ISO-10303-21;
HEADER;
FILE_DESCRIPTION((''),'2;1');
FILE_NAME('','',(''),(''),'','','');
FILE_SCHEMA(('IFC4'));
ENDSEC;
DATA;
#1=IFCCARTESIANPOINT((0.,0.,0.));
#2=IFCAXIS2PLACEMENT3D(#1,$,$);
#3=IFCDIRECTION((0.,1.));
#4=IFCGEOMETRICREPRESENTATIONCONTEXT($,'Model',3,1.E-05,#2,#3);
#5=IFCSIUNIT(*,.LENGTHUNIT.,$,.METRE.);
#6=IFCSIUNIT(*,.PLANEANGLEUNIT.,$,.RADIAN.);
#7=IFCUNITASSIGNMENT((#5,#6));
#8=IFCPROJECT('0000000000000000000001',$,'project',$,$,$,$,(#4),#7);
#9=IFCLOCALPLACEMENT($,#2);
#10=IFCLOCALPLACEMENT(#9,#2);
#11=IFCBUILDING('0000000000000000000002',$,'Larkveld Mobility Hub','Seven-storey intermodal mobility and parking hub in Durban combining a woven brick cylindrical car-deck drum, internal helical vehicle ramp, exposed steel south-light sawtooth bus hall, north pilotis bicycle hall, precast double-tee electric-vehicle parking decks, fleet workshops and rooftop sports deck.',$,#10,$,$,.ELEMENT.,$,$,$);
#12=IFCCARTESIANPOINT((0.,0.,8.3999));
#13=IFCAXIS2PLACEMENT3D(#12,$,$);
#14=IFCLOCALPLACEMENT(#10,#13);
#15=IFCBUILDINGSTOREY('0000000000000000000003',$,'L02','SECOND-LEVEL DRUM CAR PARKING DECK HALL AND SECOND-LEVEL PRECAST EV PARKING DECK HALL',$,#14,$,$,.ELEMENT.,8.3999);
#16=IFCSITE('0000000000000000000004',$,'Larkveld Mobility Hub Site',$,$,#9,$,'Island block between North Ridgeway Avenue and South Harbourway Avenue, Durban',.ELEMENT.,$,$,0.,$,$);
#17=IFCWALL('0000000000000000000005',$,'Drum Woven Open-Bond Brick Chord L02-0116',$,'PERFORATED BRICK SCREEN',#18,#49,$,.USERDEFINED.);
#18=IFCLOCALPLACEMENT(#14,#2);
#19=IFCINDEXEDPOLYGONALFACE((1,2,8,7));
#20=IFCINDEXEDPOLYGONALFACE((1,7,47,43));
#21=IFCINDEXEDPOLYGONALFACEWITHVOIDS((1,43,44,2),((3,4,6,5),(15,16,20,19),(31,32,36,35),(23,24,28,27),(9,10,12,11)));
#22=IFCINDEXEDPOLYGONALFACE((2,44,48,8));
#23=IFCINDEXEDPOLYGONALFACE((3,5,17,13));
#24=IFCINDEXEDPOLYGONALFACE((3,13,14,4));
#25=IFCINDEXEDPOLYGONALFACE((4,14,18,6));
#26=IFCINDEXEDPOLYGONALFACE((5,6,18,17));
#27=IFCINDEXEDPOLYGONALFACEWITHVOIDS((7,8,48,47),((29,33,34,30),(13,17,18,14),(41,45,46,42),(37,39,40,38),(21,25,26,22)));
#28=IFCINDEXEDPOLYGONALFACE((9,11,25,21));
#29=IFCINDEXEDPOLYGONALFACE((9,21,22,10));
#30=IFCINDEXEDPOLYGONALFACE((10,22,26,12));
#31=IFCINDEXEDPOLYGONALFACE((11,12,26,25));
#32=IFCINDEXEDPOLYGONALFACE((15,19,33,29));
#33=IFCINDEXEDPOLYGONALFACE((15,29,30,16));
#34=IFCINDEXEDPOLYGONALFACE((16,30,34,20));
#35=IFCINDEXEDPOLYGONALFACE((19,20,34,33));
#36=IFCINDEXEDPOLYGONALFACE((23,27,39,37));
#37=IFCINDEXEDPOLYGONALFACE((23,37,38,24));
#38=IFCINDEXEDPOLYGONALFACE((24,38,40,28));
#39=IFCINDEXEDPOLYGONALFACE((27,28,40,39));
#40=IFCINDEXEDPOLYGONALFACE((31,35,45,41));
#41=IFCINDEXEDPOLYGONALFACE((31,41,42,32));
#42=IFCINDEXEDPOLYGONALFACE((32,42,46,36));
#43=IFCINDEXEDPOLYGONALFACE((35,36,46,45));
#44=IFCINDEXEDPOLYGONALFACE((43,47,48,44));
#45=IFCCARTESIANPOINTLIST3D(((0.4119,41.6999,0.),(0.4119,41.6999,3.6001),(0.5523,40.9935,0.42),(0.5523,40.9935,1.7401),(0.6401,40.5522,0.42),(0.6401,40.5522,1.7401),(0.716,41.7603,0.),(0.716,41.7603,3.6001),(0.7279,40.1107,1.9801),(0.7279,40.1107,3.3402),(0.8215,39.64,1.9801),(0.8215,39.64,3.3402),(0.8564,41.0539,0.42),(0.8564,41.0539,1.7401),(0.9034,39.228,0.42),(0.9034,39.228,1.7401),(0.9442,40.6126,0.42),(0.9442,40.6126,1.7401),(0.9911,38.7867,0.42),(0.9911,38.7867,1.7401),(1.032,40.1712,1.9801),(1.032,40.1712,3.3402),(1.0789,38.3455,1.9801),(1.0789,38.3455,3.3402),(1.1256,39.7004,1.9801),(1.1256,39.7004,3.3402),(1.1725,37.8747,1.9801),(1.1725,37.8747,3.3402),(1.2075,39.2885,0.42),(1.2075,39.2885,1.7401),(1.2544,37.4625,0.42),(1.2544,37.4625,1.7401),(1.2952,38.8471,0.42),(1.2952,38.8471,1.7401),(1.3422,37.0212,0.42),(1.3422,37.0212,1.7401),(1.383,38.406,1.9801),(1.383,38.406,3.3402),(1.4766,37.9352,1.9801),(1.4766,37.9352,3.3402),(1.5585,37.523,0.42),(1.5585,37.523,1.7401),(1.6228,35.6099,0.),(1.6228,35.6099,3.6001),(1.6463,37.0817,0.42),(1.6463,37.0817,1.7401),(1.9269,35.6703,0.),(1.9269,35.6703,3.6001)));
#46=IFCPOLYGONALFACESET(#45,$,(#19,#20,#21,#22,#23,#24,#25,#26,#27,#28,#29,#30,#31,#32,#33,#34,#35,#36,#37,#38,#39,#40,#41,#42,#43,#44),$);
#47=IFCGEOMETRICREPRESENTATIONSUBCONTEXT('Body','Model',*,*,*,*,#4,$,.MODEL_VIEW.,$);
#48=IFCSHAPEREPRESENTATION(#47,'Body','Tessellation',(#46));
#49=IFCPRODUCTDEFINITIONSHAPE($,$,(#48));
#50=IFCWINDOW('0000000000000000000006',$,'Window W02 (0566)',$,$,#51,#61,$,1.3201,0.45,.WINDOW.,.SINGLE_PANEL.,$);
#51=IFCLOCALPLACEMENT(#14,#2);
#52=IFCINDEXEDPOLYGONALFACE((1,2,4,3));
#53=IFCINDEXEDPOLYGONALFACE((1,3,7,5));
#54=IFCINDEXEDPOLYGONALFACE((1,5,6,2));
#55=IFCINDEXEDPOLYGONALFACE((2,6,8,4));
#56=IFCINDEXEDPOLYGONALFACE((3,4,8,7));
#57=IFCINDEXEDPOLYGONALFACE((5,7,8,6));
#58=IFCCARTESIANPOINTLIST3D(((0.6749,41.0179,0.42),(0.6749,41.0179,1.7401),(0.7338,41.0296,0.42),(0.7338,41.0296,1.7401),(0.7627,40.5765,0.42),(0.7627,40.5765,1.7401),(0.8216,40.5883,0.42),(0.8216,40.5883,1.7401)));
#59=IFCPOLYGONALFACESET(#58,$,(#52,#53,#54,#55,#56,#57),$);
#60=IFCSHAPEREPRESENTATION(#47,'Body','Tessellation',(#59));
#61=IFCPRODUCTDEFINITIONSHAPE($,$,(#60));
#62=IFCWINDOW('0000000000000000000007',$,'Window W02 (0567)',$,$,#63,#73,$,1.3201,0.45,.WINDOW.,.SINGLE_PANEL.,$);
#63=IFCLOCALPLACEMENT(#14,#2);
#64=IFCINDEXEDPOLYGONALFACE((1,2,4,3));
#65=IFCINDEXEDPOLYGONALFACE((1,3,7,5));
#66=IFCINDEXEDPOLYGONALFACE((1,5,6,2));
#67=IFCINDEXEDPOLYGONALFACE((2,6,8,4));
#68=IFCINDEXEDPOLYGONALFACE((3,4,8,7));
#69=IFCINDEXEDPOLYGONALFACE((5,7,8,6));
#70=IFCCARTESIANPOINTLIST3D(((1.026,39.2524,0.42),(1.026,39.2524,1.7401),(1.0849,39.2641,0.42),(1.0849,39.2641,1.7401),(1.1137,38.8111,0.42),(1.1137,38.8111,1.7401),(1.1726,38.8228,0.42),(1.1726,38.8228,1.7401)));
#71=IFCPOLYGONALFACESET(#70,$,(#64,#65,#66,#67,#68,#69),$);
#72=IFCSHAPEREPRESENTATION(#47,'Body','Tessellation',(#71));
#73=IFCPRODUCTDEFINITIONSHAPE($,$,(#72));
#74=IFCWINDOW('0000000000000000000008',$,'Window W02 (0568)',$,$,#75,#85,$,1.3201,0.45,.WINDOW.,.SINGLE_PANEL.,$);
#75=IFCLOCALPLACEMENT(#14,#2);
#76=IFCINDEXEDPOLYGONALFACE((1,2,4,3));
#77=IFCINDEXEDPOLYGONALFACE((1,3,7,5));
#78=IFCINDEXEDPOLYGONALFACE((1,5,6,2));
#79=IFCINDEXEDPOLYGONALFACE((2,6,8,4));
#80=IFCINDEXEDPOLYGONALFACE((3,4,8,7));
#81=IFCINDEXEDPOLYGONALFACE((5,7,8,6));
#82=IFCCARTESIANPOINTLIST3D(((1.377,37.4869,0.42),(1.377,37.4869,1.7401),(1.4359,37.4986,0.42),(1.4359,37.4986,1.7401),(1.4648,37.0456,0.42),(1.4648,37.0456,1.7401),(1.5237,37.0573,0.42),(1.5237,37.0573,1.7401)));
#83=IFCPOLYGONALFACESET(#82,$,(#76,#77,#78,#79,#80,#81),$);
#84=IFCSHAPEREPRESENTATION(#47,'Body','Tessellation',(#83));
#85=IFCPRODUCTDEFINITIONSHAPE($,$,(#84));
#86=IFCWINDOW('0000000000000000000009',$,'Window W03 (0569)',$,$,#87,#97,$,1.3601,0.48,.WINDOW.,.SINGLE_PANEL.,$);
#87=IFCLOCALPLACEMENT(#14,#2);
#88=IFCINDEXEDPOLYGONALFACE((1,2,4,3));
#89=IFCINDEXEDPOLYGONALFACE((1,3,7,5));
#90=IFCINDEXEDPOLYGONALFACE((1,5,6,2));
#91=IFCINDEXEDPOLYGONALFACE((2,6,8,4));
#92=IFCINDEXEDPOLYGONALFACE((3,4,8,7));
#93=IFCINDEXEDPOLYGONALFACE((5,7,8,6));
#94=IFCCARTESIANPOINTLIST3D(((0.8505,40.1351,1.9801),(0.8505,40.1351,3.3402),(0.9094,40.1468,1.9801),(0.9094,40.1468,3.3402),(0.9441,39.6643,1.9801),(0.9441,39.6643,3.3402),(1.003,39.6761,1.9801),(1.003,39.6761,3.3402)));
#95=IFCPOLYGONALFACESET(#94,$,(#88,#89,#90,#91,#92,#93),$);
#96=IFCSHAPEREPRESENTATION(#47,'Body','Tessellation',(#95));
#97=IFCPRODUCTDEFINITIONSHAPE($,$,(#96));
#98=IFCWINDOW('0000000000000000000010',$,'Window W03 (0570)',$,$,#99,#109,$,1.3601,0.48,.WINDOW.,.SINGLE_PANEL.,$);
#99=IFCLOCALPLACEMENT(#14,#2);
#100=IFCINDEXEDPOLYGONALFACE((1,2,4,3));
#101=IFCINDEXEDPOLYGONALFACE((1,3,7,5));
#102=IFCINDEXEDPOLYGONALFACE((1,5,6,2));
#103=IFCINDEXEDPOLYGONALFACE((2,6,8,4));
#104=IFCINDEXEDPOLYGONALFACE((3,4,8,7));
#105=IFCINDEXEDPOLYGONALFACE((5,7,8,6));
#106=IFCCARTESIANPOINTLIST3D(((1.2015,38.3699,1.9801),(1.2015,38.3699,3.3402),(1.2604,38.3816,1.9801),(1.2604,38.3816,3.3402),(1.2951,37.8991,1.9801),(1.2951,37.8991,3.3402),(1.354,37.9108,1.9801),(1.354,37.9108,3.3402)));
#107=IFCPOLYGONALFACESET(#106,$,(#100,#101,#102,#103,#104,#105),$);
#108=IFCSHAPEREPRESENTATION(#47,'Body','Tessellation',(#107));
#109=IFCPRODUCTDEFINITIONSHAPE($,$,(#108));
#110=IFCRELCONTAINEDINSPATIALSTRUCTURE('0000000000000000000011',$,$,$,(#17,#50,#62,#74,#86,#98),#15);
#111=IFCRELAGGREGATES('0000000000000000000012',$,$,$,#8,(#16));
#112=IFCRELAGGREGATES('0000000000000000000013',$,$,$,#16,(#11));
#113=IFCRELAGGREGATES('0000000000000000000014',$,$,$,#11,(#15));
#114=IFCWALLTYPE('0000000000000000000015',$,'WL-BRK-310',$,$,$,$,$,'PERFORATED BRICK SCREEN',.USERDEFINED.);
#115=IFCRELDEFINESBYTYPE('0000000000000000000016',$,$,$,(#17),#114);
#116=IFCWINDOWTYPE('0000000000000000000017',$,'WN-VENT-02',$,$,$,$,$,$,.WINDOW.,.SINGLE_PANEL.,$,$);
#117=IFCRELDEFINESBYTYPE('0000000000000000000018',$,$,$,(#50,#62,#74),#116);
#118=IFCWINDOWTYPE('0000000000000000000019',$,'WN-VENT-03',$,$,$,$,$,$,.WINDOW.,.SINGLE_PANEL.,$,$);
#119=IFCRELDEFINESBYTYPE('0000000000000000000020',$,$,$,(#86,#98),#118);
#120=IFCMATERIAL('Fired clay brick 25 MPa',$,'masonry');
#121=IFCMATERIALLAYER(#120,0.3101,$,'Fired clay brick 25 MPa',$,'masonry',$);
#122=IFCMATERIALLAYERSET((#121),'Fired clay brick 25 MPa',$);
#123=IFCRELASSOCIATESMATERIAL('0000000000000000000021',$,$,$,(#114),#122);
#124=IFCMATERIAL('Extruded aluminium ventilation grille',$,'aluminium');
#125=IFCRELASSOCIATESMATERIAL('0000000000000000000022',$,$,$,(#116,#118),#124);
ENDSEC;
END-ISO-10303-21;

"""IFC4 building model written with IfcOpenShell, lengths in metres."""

from ifc_helpers import new_model, si_unit, direction, frame, frame_2d, origin, place, context, subcontext, project, spatial, rectangle, extrude, material, layer, layer_set, type_object, element, fill, save


model = new_model("IFC4")

# Units and contexts
model_context = context("Model", 3, precision=1e-05, world=origin(), true_north=direction((0.0, 1.0)))
body_context = subcontext(model_context, "Body", "Model", "MODEL_VIEW")
ifc_project = project(units=[si_unit("LENGTHUNIT", "METRE"), si_unit("PLANEANGLEUNIT", "RADIAN")], contexts=[model_context])

# Site, building, storey
site_placement = place(None, origin())
site = spatial("IfcSite", under=ifc_project, at=site_placement, Name="Larkveld Mobility Hub Site", LongName="Island block between North Ridgeway Avenue and South Harbourway Avenue, Durban", CompositionType="ELEMENT", RefElevation=0.0)
building_placement = place(site_placement, origin())
building = spatial("IfcBuilding", under=site, at=building_placement, Name="Larkveld Mobility Hub", Description="Seven-storey intermodal mobility and parking hub in Durban combining a woven brick cylindrical car-deck drum, internal helical vehicle ramp, exposed steel south-light sawtooth bus hall, north pilotis bicycle hall, precast double-tee electric-vehicle parking decks, fleet workshops and rooftop sports deck.", CompositionType="ELEMENT")
storey_placement = place(building_placement, frame((0.0, 0.0, 8.3999)))
storey = spatial("IfcBuildingStorey", under=building, at=storey_placement, Name="L02", Description="SECOND-LEVEL DRUM CAR PARKING DECK HALL AND SECOND-LEVEL PRECAST EV PARKING DECK HALL", CompositionType="ELEMENT", Elevation=8.3999)

# Wall, openings, windows
ifc_material_1 = material(Name="Fired clay brick 25 MPa", Category="masonry")
ifc_layer_1 = layer(ifc_material_1, 0.3101, Name="Fired clay brick 25 MPa", Category="masonry")
ifc_layer_set_1 = layer_set([ifc_layer_1], Name="Fired clay brick 25 MPa")
wall_type_1 = type_object("IfcWallType", Name="WL-BRK-310", ElementType="PERFORATED BRICK SCREEN", PredefinedType="USERDEFINED", material=ifc_layer_set_1)
wall_1_placement = place(storey_placement, frame((0.564, 41.73, 0.0), z_axis=(0.0, 0.0, 1.0), x_axis=(0.19502, -0.980799, 0.0)))
wall_1 = element("IfcWall", 1, at=wall_1_placement, inside=storey, type_object=wall_type_1, Name="Drum Woven Open-Bond Brick Chord L02-0116", ObjectType="PERFORATED BRICK SCREEN", PredefinedType="USERDEFINED", context=body_context, shape_type="SweptSolid", body=[
    extrude(rectangle(XDim=6.2092, YDim=0.3101, at=frame_2d((3.1045, 0.0))), origin(), (0.0, 0.0, 1.0), 3.6001),
])
opening_1_placement = place(wall_1_placement, frame((0.72, 0.0, 0.4199)))
opening_1 = element("IfcOpeningElement", 2, at=opening_1_placement, cuts=wall_1, PredefinedType="OPENING", context=body_context, shape_type="SweptSolid", body=[
    extrude(rectangle(XDim=0.45, YDim=1.3201, at=frame_2d((0.2251, 0.6602))), frame((0.0, 0.165, 0.0), z_axis=(0.0, -1.0, 0.0), x_axis=(1.0, 0.0, 0.0)), (0.0, 0.0, 1.0), 0.3301),
])
opening_2_placement = place(wall_1_placement, frame((2.52, 0.0, 0.4199)))
opening_2 = element("IfcOpeningElement", 3, at=opening_2_placement, cuts=wall_1, PredefinedType="OPENING", context=body_context, shape_type="SweptSolid", body=[
    extrude(rectangle(XDim=0.45, YDim=1.3201, at=frame_2d((0.2251, 0.6602))), frame((0.0, 0.165, 0.0), z_axis=(0.0, -1.0, 0.0), x_axis=(1.0, 0.0, 0.0)), (0.0, 0.0, 1.0), 0.3301),
])
opening_3_placement = place(wall_1_placement, frame((4.3201, 0.0, 0.4199)))
opening_3 = element("IfcOpeningElement", 4, at=opening_3_placement, cuts=wall_1, PredefinedType="OPENING", context=body_context, shape_type="SweptSolid", body=[
    extrude(rectangle(XDim=0.45, YDim=1.3201, at=frame_2d((0.2251, 0.6602))), frame((0.0, 0.165, 0.0), z_axis=(0.0, -1.0, 0.0), x_axis=(1.0, 0.0, 0.0)), (0.0, 0.0, 1.0), 0.3301),
])
opening_4_placement = place(wall_1_placement, frame((1.6201, 0.0, 1.98)))
opening_4 = element("IfcOpeningElement", 5, at=opening_4_placement, cuts=wall_1, PredefinedType="OPENING", context=body_context, shape_type="SweptSolid", body=[
    extrude(rectangle(XDim=0.48, YDim=1.3601, at=frame_2d((0.24, 0.6802))), frame((0.0, 0.165, 0.0), z_axis=(0.0, -1.0, 0.0), x_axis=(1.0, 0.0, 0.0)), (0.0, 0.0, 1.0), 0.3301),
])
opening_5_placement = place(wall_1_placement, frame((3.4199, 0.0, 1.98)))
opening_5 = element("IfcOpeningElement", 6, at=opening_5_placement, cuts=wall_1, PredefinedType="OPENING", context=body_context, shape_type="SweptSolid", body=[
    extrude(rectangle(XDim=0.48, YDim=1.3601, at=frame_2d((0.24, 0.6802))), frame((0.0, 0.165, 0.0), z_axis=(0.0, -1.0, 0.0), x_axis=(1.0, 0.0, 0.0)), (0.0, 0.0, 1.0), 0.3301),
])
ifc_material_2 = material(Name="Extruded aluminium ventilation grille", Category="aluminium")
window_type_1 = type_object("IfcWindowType", Name="WN-VENT-02", PartitioningType="SINGLE_PANEL", PredefinedType="WINDOW", material=ifc_material_2)
window_1_placement = place(opening_1_placement, origin())
window_1 = element("IfcWindow", 7, at=window_1_placement, inside=storey, type_object=window_type_1, Name="Window W02 (0566)", OverallHeight=1.3201, OverallWidth=0.45, PartitioningType="SINGLE_PANEL", PredefinedType="WINDOW", context=body_context, shape_type="SweptSolid", body=[
    extrude(rectangle(XDim=0.45, YDim=1.3201, at=frame_2d((0.2251, 0.6602))), frame((0.0, 0.03, 0.0), z_axis=(0.0, -1.0, 0.0), x_axis=(1.0, 0.0, 0.0)), (0.0, 0.0, 1.0), 0.0601),
])
fill(opening_1, window_1)
window_2_placement = place(opening_2_placement, origin())
window_2 = element("IfcWindow", 8, at=window_2_placement, inside=storey, type_object=window_type_1, Name="Window W02 (0567)", OverallHeight=1.3201, OverallWidth=0.45, PartitioningType="SINGLE_PANEL", PredefinedType="WINDOW", context=body_context, shape_type="SweptSolid", body=[
    extrude(rectangle(XDim=0.45, YDim=1.3201, at=frame_2d((0.2251, 0.6602))), frame((0.0, 0.03, 0.0), z_axis=(0.0, -1.0, 0.0), x_axis=(1.0, 0.0, 0.0)), (0.0, 0.0, 1.0), 0.0601),
])
fill(opening_2, window_2)
window_3_placement = place(opening_3_placement, origin())
window_3 = element("IfcWindow", 9, at=window_3_placement, inside=storey, type_object=window_type_1, Name="Window W02 (0568)", OverallHeight=1.3201, OverallWidth=0.45, PartitioningType="SINGLE_PANEL", PredefinedType="WINDOW", context=body_context, shape_type="SweptSolid", body=[
    extrude(rectangle(XDim=0.45, YDim=1.3201, at=frame_2d((0.2251, 0.6602))), frame((0.0, 0.03, 0.0), z_axis=(0.0, -1.0, 0.0), x_axis=(1.0, 0.0, 0.0)), (0.0, 0.0, 1.0), 0.0601),
])
fill(opening_3, window_3)
window_type_2 = type_object("IfcWindowType", Name="WN-VENT-03", PartitioningType="SINGLE_PANEL", PredefinedType="WINDOW", material=ifc_material_2)
window_4_placement = place(opening_4_placement, origin())
window_4 = element("IfcWindow", 10, at=window_4_placement, inside=storey, type_object=window_type_2, Name="Window W03 (0569)", OverallHeight=1.3601, OverallWidth=0.48, PartitioningType="SINGLE_PANEL", PredefinedType="WINDOW", context=body_context, shape_type="SweptSolid", body=[
    extrude(rectangle(XDim=0.48, YDim=1.3601, at=frame_2d((0.24, 0.6802))), frame((0.0, 0.03, 0.0), z_axis=(0.0, -1.0, 0.0), x_axis=(1.0, 0.0, 0.0)), (0.0, 0.0, 1.0), 0.0601),
])
fill(opening_4, window_4)
window_5_placement = place(opening_5_placement, origin())
window_5 = element("IfcWindow", 11, at=window_5_placement, inside=storey, type_object=window_type_2, Name="Window W03 (0570)", OverallHeight=1.3601, OverallWidth=0.48, PartitioningType="SINGLE_PANEL", PredefinedType="WINDOW", context=body_context, shape_type="SweptSolid", body=[
    extrude(rectangle(XDim=0.48, YDim=1.3601, at=frame_2d((0.24, 0.6802))), frame((0.0, 0.03, 0.0), z_axis=(0.0, -1.0, 0.0), x_axis=(1.0, 0.0, 0.0)), (0.0, 0.0, 1.0), 0.0601),
])
fill(opening_5, window_5)

save(model, "model.ifc")
